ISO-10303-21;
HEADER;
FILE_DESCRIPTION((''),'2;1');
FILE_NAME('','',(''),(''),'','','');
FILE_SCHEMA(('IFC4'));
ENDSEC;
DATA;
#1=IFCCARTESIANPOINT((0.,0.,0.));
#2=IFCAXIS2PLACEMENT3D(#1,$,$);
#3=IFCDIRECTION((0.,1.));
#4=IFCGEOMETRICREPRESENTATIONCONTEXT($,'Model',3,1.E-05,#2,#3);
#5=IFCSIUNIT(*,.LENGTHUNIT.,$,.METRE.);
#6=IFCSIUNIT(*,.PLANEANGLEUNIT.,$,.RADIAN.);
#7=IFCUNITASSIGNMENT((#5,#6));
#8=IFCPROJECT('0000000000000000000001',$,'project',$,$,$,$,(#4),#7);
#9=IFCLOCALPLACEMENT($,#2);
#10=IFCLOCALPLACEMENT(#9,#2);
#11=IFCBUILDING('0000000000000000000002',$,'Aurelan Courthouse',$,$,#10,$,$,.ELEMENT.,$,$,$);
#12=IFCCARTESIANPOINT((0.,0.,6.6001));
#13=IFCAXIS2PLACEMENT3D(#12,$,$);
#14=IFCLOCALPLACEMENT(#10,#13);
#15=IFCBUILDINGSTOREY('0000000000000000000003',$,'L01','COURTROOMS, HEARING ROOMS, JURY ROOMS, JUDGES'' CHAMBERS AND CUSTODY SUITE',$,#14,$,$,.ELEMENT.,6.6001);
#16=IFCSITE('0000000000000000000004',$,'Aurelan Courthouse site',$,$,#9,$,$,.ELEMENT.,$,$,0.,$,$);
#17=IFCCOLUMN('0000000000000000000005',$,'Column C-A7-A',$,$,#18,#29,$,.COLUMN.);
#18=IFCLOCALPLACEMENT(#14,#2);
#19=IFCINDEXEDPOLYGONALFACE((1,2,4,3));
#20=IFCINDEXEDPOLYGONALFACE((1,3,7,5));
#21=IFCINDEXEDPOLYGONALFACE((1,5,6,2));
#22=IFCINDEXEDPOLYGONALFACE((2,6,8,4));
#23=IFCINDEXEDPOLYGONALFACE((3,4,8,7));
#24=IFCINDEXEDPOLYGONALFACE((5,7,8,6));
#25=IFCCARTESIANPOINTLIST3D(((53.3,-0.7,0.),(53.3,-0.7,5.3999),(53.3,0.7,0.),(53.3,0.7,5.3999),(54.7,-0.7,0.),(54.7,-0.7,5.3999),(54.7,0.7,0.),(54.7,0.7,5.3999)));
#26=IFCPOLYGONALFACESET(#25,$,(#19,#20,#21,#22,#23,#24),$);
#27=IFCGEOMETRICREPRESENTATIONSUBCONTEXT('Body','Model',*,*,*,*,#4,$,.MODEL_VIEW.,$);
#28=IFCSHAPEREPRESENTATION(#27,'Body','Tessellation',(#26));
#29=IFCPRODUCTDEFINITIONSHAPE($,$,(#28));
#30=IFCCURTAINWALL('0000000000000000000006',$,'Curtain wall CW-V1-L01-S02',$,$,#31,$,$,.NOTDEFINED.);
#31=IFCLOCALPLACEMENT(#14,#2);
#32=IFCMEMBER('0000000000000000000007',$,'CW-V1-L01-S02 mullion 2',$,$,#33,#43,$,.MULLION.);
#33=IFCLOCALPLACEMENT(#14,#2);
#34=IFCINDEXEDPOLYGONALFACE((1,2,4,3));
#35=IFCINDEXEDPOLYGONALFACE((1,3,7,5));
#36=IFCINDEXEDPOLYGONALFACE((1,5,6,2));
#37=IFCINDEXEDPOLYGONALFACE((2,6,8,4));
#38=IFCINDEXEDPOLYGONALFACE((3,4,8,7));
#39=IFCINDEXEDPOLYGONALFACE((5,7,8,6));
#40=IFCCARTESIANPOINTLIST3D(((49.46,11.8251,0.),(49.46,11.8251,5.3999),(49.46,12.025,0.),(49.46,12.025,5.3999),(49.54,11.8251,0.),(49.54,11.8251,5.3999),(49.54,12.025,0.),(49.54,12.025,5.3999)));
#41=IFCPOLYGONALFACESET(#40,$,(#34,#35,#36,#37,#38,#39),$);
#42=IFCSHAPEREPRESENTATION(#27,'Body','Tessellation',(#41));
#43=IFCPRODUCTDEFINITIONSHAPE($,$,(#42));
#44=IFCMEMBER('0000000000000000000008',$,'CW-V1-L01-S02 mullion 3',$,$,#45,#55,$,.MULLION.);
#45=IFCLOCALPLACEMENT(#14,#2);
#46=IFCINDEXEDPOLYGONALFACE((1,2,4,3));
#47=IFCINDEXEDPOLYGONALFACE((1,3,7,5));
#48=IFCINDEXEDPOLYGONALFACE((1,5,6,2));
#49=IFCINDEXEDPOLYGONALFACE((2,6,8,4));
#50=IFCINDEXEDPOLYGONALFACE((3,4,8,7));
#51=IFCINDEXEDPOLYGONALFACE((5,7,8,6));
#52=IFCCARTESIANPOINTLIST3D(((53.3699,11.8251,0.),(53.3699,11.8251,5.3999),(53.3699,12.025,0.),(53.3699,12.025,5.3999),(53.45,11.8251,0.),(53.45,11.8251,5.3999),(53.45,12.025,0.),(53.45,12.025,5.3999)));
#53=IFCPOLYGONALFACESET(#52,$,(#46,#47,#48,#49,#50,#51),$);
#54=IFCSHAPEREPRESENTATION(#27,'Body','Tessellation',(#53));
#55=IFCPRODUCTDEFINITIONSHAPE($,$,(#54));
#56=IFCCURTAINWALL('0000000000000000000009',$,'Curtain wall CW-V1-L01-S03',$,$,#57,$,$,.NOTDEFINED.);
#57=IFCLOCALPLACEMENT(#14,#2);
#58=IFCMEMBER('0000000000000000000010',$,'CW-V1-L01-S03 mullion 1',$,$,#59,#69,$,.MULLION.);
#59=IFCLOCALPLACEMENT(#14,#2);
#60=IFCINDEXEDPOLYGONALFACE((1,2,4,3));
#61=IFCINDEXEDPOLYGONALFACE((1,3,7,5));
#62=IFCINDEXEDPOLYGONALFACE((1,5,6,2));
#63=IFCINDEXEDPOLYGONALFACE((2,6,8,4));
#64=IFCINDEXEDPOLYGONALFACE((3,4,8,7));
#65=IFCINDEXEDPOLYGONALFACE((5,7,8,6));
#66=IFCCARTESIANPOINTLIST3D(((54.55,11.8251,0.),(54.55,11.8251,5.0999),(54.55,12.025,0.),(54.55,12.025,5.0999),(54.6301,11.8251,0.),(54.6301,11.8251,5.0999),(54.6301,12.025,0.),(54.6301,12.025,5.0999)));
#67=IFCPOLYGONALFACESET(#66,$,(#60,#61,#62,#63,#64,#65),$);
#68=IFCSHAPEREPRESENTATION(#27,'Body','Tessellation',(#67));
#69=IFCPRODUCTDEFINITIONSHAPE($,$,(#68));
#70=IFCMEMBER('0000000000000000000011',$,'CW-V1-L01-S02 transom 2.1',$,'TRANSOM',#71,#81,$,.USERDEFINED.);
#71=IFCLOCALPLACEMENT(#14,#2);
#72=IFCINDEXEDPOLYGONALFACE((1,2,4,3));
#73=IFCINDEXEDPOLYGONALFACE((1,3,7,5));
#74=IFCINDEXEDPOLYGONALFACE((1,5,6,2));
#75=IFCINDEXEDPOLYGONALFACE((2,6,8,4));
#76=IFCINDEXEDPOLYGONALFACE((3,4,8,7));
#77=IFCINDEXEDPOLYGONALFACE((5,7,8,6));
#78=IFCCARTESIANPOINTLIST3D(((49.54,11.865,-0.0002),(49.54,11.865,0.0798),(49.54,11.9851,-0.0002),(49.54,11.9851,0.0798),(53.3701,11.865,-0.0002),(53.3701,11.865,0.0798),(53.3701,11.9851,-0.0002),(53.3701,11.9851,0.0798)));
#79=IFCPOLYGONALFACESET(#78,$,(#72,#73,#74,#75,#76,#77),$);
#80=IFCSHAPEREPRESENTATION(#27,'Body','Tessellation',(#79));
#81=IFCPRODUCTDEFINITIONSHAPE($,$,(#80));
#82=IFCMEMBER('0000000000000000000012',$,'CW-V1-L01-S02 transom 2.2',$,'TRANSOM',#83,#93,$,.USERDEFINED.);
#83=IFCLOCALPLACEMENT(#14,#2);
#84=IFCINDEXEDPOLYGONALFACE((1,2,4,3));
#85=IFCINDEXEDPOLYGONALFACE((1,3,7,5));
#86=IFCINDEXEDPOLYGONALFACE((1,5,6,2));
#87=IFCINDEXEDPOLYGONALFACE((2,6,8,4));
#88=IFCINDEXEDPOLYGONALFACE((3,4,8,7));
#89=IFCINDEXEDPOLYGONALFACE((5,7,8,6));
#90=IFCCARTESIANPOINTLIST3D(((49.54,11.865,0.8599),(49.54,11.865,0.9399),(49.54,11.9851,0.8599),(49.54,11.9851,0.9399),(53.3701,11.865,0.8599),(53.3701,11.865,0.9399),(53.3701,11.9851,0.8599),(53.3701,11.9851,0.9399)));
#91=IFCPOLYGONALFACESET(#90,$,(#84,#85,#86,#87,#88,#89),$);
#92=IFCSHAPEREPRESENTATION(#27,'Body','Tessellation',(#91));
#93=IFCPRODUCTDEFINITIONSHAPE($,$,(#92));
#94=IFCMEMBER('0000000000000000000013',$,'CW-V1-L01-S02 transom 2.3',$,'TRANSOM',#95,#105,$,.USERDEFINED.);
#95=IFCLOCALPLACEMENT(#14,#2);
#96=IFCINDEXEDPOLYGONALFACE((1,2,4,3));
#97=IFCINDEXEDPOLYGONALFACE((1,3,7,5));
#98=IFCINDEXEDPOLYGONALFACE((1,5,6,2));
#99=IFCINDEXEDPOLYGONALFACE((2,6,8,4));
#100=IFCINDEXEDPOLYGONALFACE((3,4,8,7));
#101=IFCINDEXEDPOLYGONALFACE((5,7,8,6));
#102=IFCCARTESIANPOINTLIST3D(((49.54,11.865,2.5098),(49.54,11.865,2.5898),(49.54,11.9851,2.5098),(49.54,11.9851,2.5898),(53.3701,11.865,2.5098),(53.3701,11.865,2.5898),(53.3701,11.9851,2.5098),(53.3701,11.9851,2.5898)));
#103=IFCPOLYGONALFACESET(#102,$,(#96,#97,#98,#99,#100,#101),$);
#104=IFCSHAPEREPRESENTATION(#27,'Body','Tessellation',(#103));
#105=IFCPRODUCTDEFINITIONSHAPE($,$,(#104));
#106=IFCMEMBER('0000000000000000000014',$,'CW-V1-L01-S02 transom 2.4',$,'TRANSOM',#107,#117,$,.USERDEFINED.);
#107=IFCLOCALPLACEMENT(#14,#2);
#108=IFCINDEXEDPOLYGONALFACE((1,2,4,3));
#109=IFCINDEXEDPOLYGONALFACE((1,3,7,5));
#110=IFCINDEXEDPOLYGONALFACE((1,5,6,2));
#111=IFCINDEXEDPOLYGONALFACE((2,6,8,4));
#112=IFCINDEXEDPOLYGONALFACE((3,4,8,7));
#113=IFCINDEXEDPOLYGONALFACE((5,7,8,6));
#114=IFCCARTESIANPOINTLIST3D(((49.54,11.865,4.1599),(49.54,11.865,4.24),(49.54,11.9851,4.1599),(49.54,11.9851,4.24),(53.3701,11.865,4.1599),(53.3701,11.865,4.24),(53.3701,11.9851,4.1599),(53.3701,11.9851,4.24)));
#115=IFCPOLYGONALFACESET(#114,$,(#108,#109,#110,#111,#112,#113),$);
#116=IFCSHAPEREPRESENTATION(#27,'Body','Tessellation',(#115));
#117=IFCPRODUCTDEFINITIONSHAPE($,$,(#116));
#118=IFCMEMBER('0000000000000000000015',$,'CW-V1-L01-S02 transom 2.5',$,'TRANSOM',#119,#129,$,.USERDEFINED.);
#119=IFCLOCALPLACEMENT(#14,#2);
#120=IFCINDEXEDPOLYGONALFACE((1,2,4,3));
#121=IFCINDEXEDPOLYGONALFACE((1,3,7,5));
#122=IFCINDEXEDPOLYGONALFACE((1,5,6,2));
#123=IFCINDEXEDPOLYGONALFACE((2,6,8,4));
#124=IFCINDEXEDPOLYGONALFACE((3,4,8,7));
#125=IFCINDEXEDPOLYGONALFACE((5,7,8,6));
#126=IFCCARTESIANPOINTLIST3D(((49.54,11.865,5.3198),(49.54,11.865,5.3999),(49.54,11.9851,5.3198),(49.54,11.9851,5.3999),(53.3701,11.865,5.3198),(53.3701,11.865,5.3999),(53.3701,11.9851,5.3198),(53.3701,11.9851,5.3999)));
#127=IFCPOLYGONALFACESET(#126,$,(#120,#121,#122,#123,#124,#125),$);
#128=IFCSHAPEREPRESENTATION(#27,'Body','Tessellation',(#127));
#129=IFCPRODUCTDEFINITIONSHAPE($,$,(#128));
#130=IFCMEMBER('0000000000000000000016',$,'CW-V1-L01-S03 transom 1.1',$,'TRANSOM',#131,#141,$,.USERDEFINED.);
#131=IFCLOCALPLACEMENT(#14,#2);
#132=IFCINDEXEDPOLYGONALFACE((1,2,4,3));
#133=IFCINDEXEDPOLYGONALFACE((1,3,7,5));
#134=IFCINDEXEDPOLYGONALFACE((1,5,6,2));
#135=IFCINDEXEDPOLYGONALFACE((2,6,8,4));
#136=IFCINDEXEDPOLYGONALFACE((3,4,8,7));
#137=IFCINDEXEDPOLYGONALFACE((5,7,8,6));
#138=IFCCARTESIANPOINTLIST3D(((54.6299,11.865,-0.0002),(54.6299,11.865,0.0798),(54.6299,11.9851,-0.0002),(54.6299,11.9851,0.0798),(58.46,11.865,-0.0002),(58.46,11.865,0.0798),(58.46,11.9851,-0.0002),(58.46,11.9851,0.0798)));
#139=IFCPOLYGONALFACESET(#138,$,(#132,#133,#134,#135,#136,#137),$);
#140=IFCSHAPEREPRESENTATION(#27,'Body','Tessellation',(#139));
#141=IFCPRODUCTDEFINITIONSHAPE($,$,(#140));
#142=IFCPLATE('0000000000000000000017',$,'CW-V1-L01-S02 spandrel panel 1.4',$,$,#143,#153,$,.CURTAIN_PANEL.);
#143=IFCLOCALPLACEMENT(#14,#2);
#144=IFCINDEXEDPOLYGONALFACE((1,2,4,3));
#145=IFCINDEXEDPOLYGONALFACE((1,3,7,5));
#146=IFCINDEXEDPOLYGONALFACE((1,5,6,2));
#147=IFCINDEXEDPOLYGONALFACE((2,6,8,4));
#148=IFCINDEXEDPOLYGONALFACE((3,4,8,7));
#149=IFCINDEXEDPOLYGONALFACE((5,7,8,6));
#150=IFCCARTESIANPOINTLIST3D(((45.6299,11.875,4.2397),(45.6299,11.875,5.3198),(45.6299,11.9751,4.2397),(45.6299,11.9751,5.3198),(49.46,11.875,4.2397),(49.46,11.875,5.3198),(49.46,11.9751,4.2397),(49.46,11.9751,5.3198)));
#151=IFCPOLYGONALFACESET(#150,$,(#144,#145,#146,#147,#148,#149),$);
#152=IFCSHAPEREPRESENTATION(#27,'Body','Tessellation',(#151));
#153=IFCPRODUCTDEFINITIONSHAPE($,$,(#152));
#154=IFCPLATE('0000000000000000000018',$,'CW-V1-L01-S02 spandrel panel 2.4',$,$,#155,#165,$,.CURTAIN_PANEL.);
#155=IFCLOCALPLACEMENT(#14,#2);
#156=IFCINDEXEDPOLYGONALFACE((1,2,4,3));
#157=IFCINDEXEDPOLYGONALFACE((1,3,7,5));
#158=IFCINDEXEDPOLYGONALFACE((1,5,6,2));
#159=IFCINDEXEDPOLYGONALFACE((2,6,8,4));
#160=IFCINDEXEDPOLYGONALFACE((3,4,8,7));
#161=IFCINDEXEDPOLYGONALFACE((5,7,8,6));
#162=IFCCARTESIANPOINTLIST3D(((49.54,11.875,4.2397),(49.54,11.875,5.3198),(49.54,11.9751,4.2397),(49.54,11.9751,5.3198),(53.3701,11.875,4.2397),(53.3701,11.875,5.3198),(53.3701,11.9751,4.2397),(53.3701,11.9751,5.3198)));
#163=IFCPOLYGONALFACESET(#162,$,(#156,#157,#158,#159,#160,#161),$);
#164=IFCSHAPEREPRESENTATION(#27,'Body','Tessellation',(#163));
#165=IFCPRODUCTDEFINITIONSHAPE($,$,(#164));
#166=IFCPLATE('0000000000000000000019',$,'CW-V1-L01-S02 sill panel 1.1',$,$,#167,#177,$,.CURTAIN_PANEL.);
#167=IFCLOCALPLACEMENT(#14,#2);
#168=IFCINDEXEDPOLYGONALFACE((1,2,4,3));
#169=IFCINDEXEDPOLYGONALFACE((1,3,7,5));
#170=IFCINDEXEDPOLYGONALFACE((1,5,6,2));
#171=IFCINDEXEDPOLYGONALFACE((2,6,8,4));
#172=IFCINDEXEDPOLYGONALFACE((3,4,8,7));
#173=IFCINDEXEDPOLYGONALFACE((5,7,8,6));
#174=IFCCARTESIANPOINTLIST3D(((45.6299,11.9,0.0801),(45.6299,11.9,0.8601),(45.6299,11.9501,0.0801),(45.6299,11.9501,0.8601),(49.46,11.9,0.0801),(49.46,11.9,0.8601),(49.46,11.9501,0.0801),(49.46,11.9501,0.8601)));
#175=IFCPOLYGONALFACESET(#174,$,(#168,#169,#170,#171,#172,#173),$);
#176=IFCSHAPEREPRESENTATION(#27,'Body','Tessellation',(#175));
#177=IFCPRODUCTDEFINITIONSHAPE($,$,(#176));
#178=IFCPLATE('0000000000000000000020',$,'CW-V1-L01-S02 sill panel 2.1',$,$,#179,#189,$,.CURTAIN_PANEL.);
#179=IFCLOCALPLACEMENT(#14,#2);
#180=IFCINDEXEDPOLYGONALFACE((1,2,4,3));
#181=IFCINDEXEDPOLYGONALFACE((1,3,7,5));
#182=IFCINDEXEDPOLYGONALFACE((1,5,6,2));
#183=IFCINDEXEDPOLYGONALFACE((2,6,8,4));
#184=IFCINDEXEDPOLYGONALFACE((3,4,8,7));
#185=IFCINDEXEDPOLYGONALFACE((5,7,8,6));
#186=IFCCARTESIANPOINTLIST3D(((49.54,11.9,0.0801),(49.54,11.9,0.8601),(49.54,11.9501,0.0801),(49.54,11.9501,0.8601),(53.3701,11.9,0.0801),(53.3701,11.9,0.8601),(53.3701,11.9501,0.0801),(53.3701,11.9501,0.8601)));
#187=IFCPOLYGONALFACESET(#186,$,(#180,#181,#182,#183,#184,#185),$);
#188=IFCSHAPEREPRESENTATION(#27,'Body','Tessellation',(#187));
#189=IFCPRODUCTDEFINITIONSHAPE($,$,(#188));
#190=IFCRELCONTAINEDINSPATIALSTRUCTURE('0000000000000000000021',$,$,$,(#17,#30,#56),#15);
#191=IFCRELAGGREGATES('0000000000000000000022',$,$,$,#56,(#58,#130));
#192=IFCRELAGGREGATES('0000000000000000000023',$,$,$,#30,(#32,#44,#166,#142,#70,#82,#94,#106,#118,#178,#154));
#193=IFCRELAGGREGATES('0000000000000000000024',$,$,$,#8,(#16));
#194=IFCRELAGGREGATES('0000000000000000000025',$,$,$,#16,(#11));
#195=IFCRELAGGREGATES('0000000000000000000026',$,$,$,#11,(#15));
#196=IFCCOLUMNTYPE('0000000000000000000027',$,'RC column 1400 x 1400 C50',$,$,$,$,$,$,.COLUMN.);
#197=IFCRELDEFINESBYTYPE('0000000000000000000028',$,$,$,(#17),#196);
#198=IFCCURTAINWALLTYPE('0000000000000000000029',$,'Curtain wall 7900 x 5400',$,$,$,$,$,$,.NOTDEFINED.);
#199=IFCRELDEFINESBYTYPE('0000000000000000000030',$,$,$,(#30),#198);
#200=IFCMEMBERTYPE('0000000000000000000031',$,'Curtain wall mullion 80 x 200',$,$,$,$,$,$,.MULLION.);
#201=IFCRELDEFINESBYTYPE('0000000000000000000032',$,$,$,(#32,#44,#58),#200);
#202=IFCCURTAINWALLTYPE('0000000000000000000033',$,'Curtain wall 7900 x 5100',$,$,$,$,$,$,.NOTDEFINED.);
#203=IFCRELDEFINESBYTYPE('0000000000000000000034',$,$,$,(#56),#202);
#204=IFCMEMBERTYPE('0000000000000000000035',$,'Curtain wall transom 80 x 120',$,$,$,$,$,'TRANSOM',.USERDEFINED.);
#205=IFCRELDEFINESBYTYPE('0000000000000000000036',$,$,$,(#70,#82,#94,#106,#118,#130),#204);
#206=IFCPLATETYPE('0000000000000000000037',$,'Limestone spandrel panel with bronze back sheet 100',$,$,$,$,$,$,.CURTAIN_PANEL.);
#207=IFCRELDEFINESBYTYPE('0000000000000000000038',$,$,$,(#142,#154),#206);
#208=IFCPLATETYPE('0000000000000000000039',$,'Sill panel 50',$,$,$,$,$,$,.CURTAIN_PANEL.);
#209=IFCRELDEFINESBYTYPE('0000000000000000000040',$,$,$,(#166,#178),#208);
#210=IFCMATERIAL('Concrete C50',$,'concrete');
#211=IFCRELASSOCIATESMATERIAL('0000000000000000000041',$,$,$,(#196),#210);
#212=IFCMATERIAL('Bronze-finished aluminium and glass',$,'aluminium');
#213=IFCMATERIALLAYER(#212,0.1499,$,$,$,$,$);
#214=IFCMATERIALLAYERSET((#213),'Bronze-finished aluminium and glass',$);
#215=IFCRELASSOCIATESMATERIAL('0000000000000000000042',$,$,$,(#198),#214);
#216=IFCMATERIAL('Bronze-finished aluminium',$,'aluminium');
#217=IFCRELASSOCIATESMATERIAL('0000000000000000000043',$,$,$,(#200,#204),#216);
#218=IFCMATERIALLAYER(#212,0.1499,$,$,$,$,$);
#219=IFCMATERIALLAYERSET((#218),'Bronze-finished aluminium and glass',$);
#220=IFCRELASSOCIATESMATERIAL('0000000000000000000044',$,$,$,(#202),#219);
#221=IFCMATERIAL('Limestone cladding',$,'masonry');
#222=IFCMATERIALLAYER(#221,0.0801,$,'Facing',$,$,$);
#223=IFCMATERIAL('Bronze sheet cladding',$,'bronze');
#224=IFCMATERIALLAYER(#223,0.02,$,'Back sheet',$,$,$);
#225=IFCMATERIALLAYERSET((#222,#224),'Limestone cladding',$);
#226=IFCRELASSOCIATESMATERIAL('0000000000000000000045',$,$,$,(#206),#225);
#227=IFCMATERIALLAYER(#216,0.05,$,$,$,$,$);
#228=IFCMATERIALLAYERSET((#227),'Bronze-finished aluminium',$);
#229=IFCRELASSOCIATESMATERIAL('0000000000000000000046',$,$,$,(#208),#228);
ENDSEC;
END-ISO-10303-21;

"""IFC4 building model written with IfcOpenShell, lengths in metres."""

from ifc_helpers import new_model, si_unit, direction, frame, origin, origin_2d, place, context, subcontext, project, spatial, rectangle, extrude, material, layer, layer_set, material_profile, profile_set, type_object, element, aggregate, save


model = new_model("IFC4")

# Units and contexts
model_context = context("Model", 3, precision=1e-05, world=origin(), true_north=direction((0.0, 1.0)))
body_context = subcontext(model_context, "Body", "Model", "MODEL_VIEW")
ifc_project = project(units=[si_unit("LENGTHUNIT", "METRE"), si_unit("PLANEANGLEUNIT", "RADIAN")], contexts=[model_context])

# Site, building, storey
site_placement = place(None, origin())
site = spatial("IfcSite", under=ifc_project, at=site_placement, Name="Aurelan Courthouse site", CompositionType="ELEMENT", RefElevation=0.0)
building_placement = place(site_placement, origin())
building = spatial("IfcBuilding", under=site, at=building_placement, Name="Aurelan Courthouse", CompositionType="ELEMENT")
storey_placement = place(building_placement, frame((0.0, 0.0, 6.6001)))
storey = spatial("IfcBuildingStorey", under=building, at=storey_placement, Name="L01", Description="COURTROOMS, HEARING ROOMS, JURY ROOMS, JUDGES' CHAMBERS AND CUSTODY SUITE", CompositionType="ELEMENT", Elevation=6.6001)

# Column
ifc_material_1 = material(Name="Concrete C50", Category="concrete")
ifc_material_profile_1 = material_profile(ifc_material_1, rectangle(XDim=1.3999, YDim=1.3999, at=origin_2d()), Name="RC 1400 x 1400")
ifc_profile_set_1 = profile_set([ifc_material_profile_1], Name="Concrete C50")
column_type = type_object("IfcColumnType", Name="RC column 1400 x 1400 C50", PredefinedType="COLUMN", material=ifc_profile_set_1)
column_placement = place(storey_placement, frame((54.0, 0.0, 0.0), z_axis=(0.0, 0.0, 1.0), x_axis=(1.0, 0.0, 0.0)))
element("IfcColumn", 1, at=column_placement, inside=storey, type_object=column_type, Name="Column C-A7-A", PredefinedType="COLUMN", context=body_context, shape_type="SweptSolid", body=[
    extrude(rectangle(XDim=1.3999, YDim=1.3999, at=origin_2d()), origin(), (0.0, 0.0, 1.0), 5.3999),
])

# Curtain wall, members
ifc_material_2 = material(Name="Bronze-finished aluminium and glass", Category="aluminium")
ifc_layer_1 = layer(ifc_material_2, 0.1499)
ifc_layer_set_1 = layer_set([ifc_layer_1], Name="Bronze-finished aluminium and glass")
curtain_wall_type_1 = type_object("IfcCurtainWallType", Name="Curtain wall 7900 x 5400", PredefinedType="NOTDEFINED", material=ifc_layer_set_1)
curtain_wall_1_placement = place(storey_placement, origin())
curtain_wall_1 = element("IfcCurtainWall", 2, at=curtain_wall_1_placement, inside=storey, type_object=curtain_wall_type_1, Name="Curtain wall CW-V1-L01-S02", PredefinedType="NOTDEFINED")
ifc_material_3 = material(Name="Bronze-finished aluminium", Category="aluminium")
ifc_material_profile_2 = material_profile(ifc_material_3, rectangle(XDim=0.2, YDim=0.0801, at=origin_2d()), Name="Bronze mullion 80 x 200")
ifc_profile_set_2 = profile_set([ifc_material_profile_2], Name="Bronze-finished aluminium")
member_type_1 = type_object("IfcMemberType", Name="Curtain wall mullion 80 x 200", PredefinedType="MULLION", material=ifc_profile_set_2)
member_1_placement = place(storey_placement, frame((49.5, 11.925, 0.0), z_axis=(0.0, 0.0, 1.0), x_axis=(0.0, 1.0, 0.0)))
member_1 = element("IfcMember", 3, at=member_1_placement, type_object=member_type_1, Name="CW-V1-L01-S02 mullion 2", PredefinedType="MULLION", context=body_context, shape_type="SweptSolid", body=[
    extrude(rectangle(XDim=0.2, YDim=0.0801, at=origin_2d()), origin(), (0.0, 0.0, 1.0), 5.3999),
])
member_2_placement = place(storey_placement, frame((53.4099, 11.925, 0.0), z_axis=(0.0, 0.0, 1.0), x_axis=(0.0, 1.0, 0.0)))
member_2 = element("IfcMember", 4, at=member_2_placement, type_object=member_type_1, Name="CW-V1-L01-S02 mullion 3", PredefinedType="MULLION", context=body_context, shape_type="SweptSolid", body=[
    extrude(rectangle(XDim=0.2, YDim=0.0801, at=origin_2d()), origin(), (0.0, 0.0, 1.0), 5.3999),
])

# Curtain wall, member
ifc_layer_2 = layer(ifc_material_2, 0.1499)
ifc_layer_set_2 = layer_set([ifc_layer_2], Name="Bronze-finished aluminium and glass")
curtain_wall_type_2 = type_object("IfcCurtainWallType", Name="Curtain wall 7900 x 5100", PredefinedType="NOTDEFINED", material=ifc_layer_set_2)
curtain_wall_2_placement = place(storey_placement, origin())
curtain_wall_2 = element("IfcCurtainWall", 5, at=curtain_wall_2_placement, inside=storey, type_object=curtain_wall_type_2, Name="Curtain wall CW-V1-L01-S03", PredefinedType="NOTDEFINED")
member_3_placement = place(storey_placement, frame((54.5901, 11.925, 0.0), z_axis=(0.0, 0.0, 1.0), x_axis=(0.0, 1.0, 0.0)))
member_3 = element("IfcMember", 6, at=member_3_placement, type_object=member_type_1, Name="CW-V1-L01-S03 mullion 1", PredefinedType="MULLION", context=body_context, shape_type="SweptSolid", body=[
    extrude(rectangle(XDim=0.2, YDim=0.0801, at=origin_2d()), origin(), (0.0, 0.0, 1.0), 5.0999),
])

# Members
ifc_material_profile_3 = material_profile(ifc_material_3, rectangle(XDim=0.1201, YDim=0.0801, at=origin_2d()), Name="Bronze transom 80 x 120")
ifc_profile_set_3 = profile_set([ifc_material_profile_3], Name="Bronze-finished aluminium")
member_type_2 = type_object("IfcMemberType", Name="Curtain wall transom 80 x 120", ElementType="TRANSOM", PredefinedType="USERDEFINED", material=ifc_profile_set_3)
member_4_placement = place(storey_placement, frame((49.54, 11.925, 0.0398), z_axis=(1.0, 0.0, 0.0), x_axis=(0.0, 1.0, 0.0)))
member_4 = element("IfcMember", 7, at=member_4_placement, type_object=member_type_2, Name="CW-V1-L01-S02 transom 2.1", ObjectType="TRANSOM", PredefinedType="USERDEFINED", context=body_context, shape_type="SweptSolid", body=[
    extrude(rectangle(XDim=0.1201, YDim=0.0801, at=origin_2d()), origin(), (0.0, 0.0, 1.0), 3.8301),
])
member_5_placement = place(storey_placement, frame((49.54, 11.925, 0.8999), z_axis=(1.0, 0.0, 0.0), x_axis=(0.0, 1.0, 0.0)))
member_5 = element("IfcMember", 8, at=member_5_placement, type_object=member_type_2, Name="CW-V1-L01-S02 transom 2.2", ObjectType="TRANSOM", PredefinedType="USERDEFINED", context=body_context, shape_type="SweptSolid", body=[
    extrude(rectangle(XDim=0.1201, YDim=0.0801, at=origin_2d()), origin(), (0.0, 0.0, 1.0), 3.8301),
])
member_6_placement = place(storey_placement, frame((49.54, 11.925, 2.5498), z_axis=(1.0, 0.0, 0.0), x_axis=(0.0, 1.0, 0.0)))
member_6 = element("IfcMember", 9, at=member_6_placement, type_object=member_type_2, Name="CW-V1-L01-S02 transom 2.3", ObjectType="TRANSOM", PredefinedType="USERDEFINED", context=body_context, shape_type="SweptSolid", body=[
    extrude(rectangle(XDim=0.1201, YDim=0.0801, at=origin_2d()), origin(), (0.0, 0.0, 1.0), 3.8301),
])
member_7_placement = place(storey_placement, frame((49.54, 11.925, 4.2), z_axis=(1.0, 0.0, 0.0), x_axis=(0.0, 1.0, 0.0)))
member_7 = element("IfcMember", 10, at=member_7_placement, type_object=member_type_2, Name="CW-V1-L01-S02 transom 2.4", ObjectType="TRANSOM", PredefinedType="USERDEFINED", context=body_context, shape_type="SweptSolid", body=[
    extrude(rectangle(XDim=0.1201, YDim=0.0801, at=origin_2d()), origin(), (0.0, 0.0, 1.0), 3.8301),
])
member_8_placement = place(storey_placement, frame((49.54, 11.925, 5.3599), z_axis=(1.0, 0.0, 0.0), x_axis=(0.0, 1.0, 0.0)))
member_8 = element("IfcMember", 11, at=member_8_placement, type_object=member_type_2, Name="CW-V1-L01-S02 transom 2.5", ObjectType="TRANSOM", PredefinedType="USERDEFINED", context=body_context, shape_type="SweptSolid", body=[
    extrude(rectangle(XDim=0.1201, YDim=0.0801, at=origin_2d()), origin(), (0.0, 0.0, 1.0), 3.8301),
])
member_9_placement = place(storey_placement, frame((54.6299, 11.925, 0.0398), z_axis=(1.0, 0.0, 0.0), x_axis=(0.0, 1.0, 0.0)))
member_9 = element("IfcMember", 12, at=member_9_placement, type_object=member_type_2, Name="CW-V1-L01-S03 transom 1.1", ObjectType="TRANSOM", PredefinedType="USERDEFINED", context=body_context, shape_type="SweptSolid", body=[
    extrude(rectangle(XDim=0.1201, YDim=0.0801, at=origin_2d()), origin(), (0.0, 0.0, 1.0), 3.8301),
])
aggregate(curtain_wall_2, [member_3, member_9])

# Plates
ifc_material_4 = material(Name="Limestone cladding", Category="masonry")
ifc_layer_3 = layer(ifc_material_4, 0.0801, Name="Facing")
ifc_material_5 = material(Name="Bronze sheet cladding", Category="bronze")
ifc_layer_4 = layer(ifc_material_5, 0.02, Name="Back sheet")
ifc_layer_set_3 = layer_set([ifc_layer_3, ifc_layer_4], Name="Limestone cladding")
plate_type_1 = type_object("IfcPlateType", Name="Limestone spandrel panel with bronze back sheet 100", PredefinedType="CURTAIN_PANEL", material=ifc_layer_set_3)
plate_1_placement = place(storey_placement, frame((47.5449, 11.925, 4.2397), z_axis=(0.0, 0.0, 1.0), x_axis=(1.0, 0.0, 0.0)))
plate_1 = element("IfcPlate", 13, at=plate_1_placement, type_object=plate_type_1, Name="CW-V1-L01-S02 spandrel panel 1.4", PredefinedType="CURTAIN_PANEL", context=body_context, shape_type="SweptSolid", body=[
    extrude(rectangle(XDim=3.8301, YDim=0.1001, at=origin_2d()), origin(), (0.0, 0.0, 1.0), 1.0801),
])
plate_2_placement = place(storey_placement, frame((51.4551, 11.925, 4.2397), z_axis=(0.0, 0.0, 1.0), x_axis=(1.0, 0.0, 0.0)))
plate_2 = element("IfcPlate", 14, at=plate_2_placement, type_object=plate_type_1, Name="CW-V1-L01-S02 spandrel panel 2.4", PredefinedType="CURTAIN_PANEL", context=body_context, shape_type="SweptSolid", body=[
    extrude(rectangle(XDim=3.8301, YDim=0.1001, at=origin_2d()), origin(), (0.0, 0.0, 1.0), 1.0801),
])
ifc_layer_5 = layer(ifc_material_3, 0.05)
ifc_layer_set_4 = layer_set([ifc_layer_5], Name="Bronze-finished aluminium")
plate_type_2 = type_object("IfcPlateType", Name="Sill panel 50", PredefinedType="CURTAIN_PANEL", material=ifc_layer_set_4)
plate_3_placement = place(storey_placement, frame((47.5449, 11.925, 0.0801), z_axis=(0.0, 0.0, 1.0), x_axis=(1.0, 0.0, 0.0)))
plate_3 = element("IfcPlate", 15, at=plate_3_placement, type_object=plate_type_2, Name="CW-V1-L01-S02 sill panel 1.1", PredefinedType="CURTAIN_PANEL", context=body_context, shape_type="SweptSolid", body=[
    extrude(rectangle(XDim=3.8301, YDim=0.05, at=origin_2d()), origin(), (0.0, 0.0, 1.0), 0.78),
])
plate_4_placement = place(storey_placement, frame((51.4551, 11.925, 0.0801), z_axis=(0.0, 0.0, 1.0), x_axis=(1.0, 0.0, 0.0)))
plate_4 = element("IfcPlate", 16, at=plate_4_placement, type_object=plate_type_2, Name="CW-V1-L01-S02 sill panel 2.1", PredefinedType="CURTAIN_PANEL", context=body_context, shape_type="SweptSolid", body=[
    extrude(rectangle(XDim=3.8301, YDim=0.05, at=origin_2d()), origin(), (0.0, 0.0, 1.0), 0.78),
])
aggregate(curtain_wall_1, [member_1, member_2, plate_3, plate_1, member_4, member_5, member_6, member_7, member_8, plate_4, plate_2])

save(model, "model.ifc")
